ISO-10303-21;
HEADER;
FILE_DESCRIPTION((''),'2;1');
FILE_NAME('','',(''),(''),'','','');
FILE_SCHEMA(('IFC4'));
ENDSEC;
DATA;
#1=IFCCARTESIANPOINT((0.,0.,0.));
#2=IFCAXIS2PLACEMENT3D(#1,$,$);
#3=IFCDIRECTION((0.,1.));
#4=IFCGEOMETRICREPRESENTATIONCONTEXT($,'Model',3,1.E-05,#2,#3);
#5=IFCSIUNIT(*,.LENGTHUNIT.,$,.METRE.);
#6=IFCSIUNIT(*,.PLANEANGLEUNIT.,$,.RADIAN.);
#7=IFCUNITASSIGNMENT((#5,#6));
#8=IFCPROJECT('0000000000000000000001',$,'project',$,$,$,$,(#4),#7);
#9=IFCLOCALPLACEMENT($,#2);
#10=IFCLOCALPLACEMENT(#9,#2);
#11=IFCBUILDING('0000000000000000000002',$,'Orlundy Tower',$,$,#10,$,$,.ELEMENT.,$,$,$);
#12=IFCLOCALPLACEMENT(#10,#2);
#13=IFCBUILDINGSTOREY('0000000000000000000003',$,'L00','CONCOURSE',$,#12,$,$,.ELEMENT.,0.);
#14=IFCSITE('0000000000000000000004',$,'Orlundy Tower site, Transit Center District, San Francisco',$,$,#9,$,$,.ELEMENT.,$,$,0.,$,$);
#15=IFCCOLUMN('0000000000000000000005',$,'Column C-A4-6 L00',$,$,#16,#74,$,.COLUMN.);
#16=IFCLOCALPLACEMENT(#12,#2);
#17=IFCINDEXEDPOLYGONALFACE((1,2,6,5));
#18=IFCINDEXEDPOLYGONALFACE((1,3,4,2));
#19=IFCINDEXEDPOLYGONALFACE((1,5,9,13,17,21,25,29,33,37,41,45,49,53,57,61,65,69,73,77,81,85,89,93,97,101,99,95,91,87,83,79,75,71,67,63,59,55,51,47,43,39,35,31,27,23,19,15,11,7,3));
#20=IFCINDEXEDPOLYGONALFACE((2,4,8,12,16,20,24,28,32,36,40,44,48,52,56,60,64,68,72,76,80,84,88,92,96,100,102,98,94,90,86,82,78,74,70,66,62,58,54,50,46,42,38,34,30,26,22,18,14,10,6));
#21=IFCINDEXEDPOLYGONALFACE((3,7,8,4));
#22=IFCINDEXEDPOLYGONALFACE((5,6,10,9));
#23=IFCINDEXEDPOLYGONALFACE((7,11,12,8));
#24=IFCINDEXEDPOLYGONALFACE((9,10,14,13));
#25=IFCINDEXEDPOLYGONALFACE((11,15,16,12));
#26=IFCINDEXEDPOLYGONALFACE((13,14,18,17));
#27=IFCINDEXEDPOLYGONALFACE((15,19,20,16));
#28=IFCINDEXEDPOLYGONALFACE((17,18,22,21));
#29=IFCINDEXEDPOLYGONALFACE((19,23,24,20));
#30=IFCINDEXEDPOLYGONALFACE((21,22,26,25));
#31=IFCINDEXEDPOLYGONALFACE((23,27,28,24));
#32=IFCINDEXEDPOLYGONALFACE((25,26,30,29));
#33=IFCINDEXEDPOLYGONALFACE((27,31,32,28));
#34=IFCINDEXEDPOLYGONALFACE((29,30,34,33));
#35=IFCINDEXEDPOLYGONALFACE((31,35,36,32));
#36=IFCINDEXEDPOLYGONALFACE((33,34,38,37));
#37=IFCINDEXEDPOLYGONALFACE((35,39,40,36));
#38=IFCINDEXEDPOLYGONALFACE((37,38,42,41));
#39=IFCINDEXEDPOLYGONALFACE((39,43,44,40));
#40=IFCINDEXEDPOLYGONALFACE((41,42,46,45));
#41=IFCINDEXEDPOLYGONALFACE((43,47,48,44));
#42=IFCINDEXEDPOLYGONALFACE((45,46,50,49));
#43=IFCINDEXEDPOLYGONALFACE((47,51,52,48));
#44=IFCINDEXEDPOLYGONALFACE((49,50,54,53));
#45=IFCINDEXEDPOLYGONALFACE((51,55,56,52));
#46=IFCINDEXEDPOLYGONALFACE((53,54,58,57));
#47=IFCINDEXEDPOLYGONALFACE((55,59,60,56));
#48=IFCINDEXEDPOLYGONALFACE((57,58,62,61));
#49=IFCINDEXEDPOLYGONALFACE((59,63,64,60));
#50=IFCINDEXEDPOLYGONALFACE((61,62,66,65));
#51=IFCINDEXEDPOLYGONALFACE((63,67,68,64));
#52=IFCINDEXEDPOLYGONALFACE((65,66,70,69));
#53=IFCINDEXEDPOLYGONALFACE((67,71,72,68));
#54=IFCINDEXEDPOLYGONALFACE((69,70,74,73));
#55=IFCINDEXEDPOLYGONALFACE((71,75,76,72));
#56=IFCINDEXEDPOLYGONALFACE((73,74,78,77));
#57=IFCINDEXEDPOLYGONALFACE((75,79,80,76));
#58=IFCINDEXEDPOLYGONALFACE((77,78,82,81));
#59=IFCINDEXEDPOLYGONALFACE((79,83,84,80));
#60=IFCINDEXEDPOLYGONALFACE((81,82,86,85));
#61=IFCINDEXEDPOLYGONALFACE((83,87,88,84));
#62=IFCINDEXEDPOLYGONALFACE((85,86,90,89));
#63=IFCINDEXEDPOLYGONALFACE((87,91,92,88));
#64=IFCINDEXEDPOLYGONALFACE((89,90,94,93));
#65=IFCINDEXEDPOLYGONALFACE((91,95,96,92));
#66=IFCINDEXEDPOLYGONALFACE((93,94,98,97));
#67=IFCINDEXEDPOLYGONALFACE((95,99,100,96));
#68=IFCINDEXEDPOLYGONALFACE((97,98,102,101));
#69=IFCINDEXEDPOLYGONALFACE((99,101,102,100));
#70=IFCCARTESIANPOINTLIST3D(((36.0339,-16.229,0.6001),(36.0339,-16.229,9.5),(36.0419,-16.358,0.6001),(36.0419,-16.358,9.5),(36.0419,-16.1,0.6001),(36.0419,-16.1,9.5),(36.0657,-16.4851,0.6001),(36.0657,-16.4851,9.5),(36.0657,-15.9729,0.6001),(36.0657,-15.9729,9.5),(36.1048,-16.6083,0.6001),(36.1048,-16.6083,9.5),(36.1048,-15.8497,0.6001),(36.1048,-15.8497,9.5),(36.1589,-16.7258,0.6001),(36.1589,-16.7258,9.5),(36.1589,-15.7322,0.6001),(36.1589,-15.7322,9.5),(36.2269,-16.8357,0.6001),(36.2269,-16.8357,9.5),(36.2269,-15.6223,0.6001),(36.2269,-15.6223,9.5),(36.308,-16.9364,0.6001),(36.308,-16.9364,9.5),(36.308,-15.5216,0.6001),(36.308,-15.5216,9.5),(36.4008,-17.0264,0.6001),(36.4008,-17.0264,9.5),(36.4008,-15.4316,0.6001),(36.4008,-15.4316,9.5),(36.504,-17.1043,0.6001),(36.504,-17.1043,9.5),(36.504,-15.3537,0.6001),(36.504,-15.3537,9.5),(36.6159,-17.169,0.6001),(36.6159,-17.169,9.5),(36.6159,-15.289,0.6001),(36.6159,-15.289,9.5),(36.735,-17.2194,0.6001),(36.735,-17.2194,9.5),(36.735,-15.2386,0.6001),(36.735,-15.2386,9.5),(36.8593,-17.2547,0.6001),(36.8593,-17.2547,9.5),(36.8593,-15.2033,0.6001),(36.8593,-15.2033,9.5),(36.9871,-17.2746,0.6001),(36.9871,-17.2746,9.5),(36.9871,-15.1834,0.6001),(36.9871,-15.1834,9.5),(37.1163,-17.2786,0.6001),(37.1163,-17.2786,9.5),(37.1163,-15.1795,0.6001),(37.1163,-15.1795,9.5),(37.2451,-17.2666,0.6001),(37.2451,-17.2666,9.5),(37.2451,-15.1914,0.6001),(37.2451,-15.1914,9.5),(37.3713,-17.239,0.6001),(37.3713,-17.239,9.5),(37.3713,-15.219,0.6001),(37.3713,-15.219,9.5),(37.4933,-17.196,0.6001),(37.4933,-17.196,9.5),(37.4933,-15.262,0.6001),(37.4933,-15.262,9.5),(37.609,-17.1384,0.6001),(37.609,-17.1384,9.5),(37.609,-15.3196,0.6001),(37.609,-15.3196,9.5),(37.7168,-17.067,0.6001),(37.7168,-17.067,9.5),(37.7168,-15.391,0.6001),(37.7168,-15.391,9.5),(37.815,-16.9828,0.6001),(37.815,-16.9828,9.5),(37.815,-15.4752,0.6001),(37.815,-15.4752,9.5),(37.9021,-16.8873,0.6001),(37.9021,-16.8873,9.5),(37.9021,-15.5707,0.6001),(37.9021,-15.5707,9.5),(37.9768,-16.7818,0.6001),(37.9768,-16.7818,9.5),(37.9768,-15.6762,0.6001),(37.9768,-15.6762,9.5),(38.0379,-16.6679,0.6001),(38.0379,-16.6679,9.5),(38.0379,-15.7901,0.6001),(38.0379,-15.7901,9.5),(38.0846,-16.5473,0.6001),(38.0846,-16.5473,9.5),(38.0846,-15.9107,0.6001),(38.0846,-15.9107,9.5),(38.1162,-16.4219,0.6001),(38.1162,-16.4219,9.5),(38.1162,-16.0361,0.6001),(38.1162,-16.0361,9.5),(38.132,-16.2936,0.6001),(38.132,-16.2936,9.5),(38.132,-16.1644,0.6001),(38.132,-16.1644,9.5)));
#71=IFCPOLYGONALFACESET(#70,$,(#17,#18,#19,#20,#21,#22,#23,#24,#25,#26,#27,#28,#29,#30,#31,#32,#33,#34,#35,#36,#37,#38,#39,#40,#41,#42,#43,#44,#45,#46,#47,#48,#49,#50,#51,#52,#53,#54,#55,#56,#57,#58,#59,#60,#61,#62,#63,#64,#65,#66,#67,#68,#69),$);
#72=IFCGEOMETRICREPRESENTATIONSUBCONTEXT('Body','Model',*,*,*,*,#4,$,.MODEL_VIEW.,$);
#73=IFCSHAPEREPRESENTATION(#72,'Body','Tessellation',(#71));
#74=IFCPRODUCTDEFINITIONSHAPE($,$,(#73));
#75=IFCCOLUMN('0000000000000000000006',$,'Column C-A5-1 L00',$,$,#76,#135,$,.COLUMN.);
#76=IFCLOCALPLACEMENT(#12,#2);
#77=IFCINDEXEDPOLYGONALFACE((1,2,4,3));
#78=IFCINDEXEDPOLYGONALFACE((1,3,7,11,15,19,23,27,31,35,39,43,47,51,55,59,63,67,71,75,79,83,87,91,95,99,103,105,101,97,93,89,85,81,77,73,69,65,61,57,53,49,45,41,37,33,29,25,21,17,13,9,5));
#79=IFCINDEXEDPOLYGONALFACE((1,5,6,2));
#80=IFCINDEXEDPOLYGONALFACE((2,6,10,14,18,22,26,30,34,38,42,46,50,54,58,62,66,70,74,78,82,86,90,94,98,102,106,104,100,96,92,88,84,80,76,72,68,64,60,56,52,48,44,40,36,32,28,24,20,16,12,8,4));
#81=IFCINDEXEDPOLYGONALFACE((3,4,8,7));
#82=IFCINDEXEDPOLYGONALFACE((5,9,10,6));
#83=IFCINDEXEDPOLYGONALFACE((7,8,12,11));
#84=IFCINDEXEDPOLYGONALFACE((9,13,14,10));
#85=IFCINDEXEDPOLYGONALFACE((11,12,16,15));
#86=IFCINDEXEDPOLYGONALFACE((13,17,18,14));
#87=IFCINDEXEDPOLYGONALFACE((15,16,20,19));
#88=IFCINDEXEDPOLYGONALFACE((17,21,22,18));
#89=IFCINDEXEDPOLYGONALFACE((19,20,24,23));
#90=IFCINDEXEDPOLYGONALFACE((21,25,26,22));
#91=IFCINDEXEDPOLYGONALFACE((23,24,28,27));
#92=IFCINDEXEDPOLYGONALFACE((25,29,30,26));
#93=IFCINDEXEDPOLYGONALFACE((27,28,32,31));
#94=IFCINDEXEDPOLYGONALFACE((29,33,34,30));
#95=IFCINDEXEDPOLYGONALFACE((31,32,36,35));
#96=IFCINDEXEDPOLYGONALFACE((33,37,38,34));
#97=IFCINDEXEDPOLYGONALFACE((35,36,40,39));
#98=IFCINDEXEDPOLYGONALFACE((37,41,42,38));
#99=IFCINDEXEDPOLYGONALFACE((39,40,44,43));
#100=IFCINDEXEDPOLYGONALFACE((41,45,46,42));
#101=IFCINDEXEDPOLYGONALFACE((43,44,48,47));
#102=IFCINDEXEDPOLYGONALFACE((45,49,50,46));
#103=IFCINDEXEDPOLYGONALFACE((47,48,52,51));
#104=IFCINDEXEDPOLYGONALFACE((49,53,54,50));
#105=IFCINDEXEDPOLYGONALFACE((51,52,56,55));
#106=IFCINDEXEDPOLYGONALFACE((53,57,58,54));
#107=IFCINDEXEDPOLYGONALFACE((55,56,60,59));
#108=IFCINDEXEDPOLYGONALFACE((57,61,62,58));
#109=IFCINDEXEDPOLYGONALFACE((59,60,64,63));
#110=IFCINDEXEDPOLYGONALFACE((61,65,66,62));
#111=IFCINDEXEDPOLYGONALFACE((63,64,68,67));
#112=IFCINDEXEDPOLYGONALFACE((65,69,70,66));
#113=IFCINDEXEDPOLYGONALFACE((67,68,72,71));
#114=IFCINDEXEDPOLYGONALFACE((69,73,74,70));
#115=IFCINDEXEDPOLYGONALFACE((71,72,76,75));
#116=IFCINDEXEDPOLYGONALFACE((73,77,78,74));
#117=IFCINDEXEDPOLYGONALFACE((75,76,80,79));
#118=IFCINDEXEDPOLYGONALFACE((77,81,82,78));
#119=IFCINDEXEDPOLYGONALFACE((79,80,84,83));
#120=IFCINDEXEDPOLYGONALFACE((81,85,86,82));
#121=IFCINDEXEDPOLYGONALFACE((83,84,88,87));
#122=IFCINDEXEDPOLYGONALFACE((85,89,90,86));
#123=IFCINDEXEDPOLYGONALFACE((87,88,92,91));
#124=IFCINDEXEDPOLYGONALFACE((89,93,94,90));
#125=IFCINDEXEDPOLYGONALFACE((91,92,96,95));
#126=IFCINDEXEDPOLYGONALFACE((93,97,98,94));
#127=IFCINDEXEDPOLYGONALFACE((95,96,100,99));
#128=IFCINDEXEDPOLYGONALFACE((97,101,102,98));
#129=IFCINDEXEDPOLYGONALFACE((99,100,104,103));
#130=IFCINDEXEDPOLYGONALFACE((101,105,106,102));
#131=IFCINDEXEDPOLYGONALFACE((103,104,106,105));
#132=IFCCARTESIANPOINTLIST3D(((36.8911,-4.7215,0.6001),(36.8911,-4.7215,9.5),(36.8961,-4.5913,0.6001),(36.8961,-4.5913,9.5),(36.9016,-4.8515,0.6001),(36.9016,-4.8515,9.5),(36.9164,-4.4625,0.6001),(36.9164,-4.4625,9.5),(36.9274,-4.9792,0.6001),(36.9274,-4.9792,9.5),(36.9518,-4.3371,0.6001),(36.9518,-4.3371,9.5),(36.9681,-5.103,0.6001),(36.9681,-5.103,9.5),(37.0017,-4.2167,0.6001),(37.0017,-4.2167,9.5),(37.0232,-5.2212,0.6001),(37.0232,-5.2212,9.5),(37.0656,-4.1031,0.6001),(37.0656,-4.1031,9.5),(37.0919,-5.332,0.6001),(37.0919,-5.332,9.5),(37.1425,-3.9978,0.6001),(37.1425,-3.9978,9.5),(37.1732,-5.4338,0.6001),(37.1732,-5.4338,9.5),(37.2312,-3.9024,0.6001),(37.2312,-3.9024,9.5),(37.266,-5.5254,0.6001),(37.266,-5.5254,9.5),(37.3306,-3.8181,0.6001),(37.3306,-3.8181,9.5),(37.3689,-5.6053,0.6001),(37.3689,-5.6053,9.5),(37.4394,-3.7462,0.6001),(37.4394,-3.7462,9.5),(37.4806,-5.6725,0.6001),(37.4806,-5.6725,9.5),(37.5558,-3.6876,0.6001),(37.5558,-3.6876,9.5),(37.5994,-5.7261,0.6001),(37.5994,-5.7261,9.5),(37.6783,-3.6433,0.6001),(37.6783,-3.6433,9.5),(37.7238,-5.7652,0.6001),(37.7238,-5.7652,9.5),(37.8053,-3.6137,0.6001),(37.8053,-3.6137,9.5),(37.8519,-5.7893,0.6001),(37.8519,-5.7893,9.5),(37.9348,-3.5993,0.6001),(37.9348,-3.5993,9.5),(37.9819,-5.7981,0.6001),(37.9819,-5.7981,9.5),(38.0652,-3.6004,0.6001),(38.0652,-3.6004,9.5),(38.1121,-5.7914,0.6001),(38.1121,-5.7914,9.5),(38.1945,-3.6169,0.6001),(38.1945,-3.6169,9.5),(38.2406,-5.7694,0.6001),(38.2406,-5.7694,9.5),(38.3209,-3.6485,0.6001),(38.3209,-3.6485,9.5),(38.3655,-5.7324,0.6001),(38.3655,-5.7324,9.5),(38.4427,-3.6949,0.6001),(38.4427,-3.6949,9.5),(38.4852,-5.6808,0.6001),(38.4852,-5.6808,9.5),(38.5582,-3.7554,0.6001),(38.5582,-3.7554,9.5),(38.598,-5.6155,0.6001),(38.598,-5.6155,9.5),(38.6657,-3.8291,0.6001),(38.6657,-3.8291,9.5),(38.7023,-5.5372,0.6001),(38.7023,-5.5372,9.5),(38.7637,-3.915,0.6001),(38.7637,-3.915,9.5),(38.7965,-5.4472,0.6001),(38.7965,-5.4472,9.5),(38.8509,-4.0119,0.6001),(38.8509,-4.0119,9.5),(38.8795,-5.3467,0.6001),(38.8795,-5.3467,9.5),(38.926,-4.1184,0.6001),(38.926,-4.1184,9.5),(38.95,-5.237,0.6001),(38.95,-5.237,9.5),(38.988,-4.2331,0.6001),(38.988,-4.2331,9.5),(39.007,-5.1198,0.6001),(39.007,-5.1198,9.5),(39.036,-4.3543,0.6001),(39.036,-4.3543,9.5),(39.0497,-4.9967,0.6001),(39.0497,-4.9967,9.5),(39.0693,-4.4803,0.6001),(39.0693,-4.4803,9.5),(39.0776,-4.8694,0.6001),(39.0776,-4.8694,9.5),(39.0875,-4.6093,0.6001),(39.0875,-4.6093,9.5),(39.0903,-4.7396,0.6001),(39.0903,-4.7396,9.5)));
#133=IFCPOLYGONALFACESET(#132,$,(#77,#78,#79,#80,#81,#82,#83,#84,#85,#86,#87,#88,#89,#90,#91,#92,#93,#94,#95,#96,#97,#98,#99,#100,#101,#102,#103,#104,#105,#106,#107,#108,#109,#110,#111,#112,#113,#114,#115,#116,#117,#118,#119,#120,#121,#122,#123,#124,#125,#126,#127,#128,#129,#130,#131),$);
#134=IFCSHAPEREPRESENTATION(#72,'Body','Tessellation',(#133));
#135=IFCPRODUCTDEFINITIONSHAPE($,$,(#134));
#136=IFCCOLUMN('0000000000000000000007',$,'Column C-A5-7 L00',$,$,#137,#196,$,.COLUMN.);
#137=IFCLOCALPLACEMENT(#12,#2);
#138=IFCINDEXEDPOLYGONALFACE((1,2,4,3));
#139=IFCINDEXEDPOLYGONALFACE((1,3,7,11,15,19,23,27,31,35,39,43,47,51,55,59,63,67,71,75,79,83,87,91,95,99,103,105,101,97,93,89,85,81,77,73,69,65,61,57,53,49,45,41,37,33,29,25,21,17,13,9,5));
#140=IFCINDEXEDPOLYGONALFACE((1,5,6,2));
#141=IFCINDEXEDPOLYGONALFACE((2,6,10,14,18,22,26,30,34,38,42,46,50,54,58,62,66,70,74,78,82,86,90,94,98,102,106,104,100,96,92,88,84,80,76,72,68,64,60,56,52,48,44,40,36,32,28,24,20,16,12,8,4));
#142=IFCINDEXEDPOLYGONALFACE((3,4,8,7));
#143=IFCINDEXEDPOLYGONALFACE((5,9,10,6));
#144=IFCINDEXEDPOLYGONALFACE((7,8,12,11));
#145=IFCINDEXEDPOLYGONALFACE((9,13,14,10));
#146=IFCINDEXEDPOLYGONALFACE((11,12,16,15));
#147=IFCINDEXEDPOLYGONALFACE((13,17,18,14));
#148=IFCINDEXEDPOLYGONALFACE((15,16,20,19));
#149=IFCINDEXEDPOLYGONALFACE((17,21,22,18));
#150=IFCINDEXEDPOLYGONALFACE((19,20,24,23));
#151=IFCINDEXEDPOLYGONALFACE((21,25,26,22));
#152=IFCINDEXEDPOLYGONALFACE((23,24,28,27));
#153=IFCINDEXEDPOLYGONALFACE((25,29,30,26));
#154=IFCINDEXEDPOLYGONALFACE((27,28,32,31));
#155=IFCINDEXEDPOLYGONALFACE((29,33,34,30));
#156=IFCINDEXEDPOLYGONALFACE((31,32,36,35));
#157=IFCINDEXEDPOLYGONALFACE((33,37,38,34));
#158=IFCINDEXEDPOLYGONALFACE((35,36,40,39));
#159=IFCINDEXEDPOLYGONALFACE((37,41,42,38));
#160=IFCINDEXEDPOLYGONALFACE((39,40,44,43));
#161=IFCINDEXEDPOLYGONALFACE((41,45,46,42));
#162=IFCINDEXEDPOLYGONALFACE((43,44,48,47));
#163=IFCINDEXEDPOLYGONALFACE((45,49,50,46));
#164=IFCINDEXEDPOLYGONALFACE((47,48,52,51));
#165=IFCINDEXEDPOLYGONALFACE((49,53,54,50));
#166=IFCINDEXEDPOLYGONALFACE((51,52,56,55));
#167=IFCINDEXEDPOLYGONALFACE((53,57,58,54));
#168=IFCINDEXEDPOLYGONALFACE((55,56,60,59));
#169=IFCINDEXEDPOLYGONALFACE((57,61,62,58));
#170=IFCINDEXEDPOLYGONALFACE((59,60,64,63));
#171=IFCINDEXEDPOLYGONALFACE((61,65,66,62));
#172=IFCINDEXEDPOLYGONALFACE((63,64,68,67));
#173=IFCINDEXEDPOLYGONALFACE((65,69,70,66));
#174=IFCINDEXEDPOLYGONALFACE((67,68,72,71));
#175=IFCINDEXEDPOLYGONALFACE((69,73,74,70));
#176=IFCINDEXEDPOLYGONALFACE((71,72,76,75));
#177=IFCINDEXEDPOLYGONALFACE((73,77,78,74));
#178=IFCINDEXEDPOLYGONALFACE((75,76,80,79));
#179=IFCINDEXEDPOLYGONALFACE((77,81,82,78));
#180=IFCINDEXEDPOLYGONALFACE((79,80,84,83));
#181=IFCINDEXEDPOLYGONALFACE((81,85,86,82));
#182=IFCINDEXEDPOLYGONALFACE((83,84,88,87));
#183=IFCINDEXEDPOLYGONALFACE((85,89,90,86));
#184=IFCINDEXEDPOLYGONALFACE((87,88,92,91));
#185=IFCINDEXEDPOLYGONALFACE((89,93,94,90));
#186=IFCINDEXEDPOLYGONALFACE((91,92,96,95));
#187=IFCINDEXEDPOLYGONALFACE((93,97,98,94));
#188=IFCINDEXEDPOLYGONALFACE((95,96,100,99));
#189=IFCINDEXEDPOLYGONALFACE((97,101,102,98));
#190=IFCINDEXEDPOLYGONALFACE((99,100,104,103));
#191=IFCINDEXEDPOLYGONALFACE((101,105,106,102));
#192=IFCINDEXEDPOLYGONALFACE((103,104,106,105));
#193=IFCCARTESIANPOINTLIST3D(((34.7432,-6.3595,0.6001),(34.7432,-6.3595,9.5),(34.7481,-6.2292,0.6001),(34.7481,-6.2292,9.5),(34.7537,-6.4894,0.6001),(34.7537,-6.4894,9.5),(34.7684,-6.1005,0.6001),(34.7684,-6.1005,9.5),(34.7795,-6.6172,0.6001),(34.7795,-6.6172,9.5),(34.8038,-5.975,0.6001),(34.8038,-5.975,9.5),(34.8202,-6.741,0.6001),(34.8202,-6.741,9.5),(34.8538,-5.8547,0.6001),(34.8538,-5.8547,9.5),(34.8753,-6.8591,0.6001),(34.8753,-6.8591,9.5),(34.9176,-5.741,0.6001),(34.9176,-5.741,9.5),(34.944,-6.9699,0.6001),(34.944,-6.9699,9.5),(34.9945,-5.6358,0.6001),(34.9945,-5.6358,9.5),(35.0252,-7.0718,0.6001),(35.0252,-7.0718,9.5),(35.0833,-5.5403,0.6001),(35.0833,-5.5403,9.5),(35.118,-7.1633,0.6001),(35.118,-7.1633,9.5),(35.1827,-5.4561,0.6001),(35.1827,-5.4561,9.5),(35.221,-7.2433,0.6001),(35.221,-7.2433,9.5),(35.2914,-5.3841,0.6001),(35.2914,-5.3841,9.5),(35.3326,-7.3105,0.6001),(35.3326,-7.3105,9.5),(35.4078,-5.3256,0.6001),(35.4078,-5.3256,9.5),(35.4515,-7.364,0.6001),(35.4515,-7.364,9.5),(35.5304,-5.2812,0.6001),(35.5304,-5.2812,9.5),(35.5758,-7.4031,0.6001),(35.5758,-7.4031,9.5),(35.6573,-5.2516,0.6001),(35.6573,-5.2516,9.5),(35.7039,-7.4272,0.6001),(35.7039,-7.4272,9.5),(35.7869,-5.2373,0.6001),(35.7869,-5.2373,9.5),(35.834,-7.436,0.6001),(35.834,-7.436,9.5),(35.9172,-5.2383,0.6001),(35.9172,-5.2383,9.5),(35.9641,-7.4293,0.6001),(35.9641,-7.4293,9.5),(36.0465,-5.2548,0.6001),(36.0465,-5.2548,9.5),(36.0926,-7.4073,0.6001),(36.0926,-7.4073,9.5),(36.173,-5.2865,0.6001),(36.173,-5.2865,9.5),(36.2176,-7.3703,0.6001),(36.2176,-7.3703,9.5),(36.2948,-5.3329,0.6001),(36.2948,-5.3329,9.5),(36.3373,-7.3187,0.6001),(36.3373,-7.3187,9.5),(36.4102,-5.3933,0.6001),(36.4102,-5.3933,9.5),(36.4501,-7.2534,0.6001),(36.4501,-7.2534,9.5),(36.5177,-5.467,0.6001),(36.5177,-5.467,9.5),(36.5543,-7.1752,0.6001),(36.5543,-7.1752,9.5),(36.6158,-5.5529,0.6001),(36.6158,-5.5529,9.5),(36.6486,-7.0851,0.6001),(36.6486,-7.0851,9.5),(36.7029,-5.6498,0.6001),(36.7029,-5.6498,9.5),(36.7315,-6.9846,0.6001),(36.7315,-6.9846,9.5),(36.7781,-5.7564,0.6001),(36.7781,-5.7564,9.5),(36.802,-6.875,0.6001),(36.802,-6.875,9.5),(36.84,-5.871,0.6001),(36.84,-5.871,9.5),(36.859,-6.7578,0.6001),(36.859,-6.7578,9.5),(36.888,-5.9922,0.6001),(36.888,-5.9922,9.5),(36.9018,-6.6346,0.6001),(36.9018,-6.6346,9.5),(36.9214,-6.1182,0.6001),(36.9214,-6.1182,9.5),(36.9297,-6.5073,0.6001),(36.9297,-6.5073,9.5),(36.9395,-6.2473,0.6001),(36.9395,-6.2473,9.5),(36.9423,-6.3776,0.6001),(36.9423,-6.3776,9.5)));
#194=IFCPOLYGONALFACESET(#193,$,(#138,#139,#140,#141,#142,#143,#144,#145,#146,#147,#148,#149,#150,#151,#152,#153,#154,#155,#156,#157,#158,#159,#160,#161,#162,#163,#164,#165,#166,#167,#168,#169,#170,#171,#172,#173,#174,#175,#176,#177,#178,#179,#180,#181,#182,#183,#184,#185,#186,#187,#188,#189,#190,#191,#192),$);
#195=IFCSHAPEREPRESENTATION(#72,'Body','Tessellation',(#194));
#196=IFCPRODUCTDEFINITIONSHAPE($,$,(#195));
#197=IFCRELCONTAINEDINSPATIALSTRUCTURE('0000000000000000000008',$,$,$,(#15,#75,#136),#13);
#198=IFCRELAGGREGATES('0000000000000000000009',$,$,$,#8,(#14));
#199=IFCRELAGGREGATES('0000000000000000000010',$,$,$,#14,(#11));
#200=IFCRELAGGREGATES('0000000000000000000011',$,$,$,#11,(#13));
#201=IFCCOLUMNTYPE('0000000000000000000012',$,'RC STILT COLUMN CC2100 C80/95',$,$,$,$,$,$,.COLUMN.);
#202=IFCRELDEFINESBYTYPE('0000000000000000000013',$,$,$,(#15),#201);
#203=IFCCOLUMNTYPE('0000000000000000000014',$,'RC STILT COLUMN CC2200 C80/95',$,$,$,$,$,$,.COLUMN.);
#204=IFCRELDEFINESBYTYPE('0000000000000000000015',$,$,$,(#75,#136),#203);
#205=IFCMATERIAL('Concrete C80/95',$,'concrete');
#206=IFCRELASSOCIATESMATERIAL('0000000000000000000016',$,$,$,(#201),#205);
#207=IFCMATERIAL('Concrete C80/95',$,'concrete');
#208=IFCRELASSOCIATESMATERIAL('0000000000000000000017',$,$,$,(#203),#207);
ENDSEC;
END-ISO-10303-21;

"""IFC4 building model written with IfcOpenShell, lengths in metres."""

from ifc_helpers import new_model, si_unit, direction, frame, origin, origin_2d, place, context, subcontext, project, spatial, circle, extrude, material, material_profile, profile_set, type_object, element, save


model = new_model("IFC4")

# Units and contexts
model_context = context("Model", 3, precision=1e-05, world=origin(), true_north=direction((0.0, 1.0)))
body_context = subcontext(model_context, "Body", "Model", "MODEL_VIEW")
ifc_project = project(units=[si_unit("LENGTHUNIT", "METRE"), si_unit("PLANEANGLEUNIT", "RADIAN")], contexts=[model_context])

# Site, building, storey
site_placement = place(None, origin())
site = spatial("IfcSite", under=ifc_project, at=site_placement, Name="Orlundy Tower site, Transit Center District, San Francisco", CompositionType="ELEMENT", RefElevation=0.0)
building_placement = place(site_placement, origin())
building = spatial("IfcBuilding", under=site, at=building_placement, Name="Orlundy Tower", CompositionType="ELEMENT")
storey_placement = place(building_placement, origin())
storey = spatial("IfcBuildingStorey", under=building, at=storey_placement, Name="L00", Description="CONCOURSE", CompositionType="ELEMENT", Elevation=0.0)

# Columns
ifc_material_1 = material(Name="Concrete C80/95", Category="concrete")
ifc_material_profile_1 = material_profile(ifc_material_1, circle(Radius=1.05, at=origin_2d()), Name="CC2100")
ifc_profile_set_1 = profile_set([ifc_material_profile_1], Name="Concrete C80/95")
column_type_1 = type_object("IfcColumnType", Name="RC STILT COLUMN CC2100 C80/95", PredefinedType="COLUMN", material=ifc_profile_set_1)
for number, where, z_axis, x_axis, name in (
    (1, (37.084, -16.229, 0.6001), (0.0, 0.0, 1.0), (0.5, 0.866025, 0.0), "Column C-A4-6 L00"),
):
    element("IfcColumn", number, at=place(storey_placement, frame(where, z_axis=z_axis, x_axis=x_axis)), inside=storey, type_object=column_type_1, Name=name, PredefinedType="COLUMN", context=body_context, shape_type="SweptSolid", body=[
        extrude(circle(Radius=1.05, at=origin_2d()), origin(), (0.0, 0.0, 1.0), 8.8999),
    ])
ifc_material_2 = material(Name="Concrete C80/95", Category="concrete")
ifc_material_profile_2 = material_profile(ifc_material_2, circle(Radius=1.1001, at=origin_2d()), Name="CC2200")
ifc_profile_set_2 = profile_set([ifc_material_profile_2], Name="Concrete C80/95")
column_type_2 = type_object("IfcColumnType", Name="RC STILT COLUMN CC2200 C80/95", PredefinedType="COLUMN", material=ifc_profile_set_2)
for number, where, z_axis, x_axis, name in (
    (2, (37.991, -4.698, 0.6001), (0.0, 0.0, 1.0), (0.906308, 0.422618, 0.0), "Column C-A5-1 L00"),
    (3, (35.843, -6.3359, 0.6001), (0.0, 0.0, 1.0), (0.906308, 0.422618, 0.0), "Column C-A5-7 L00"),
):
    element("IfcColumn", number, at=place(storey_placement, frame(where, z_axis=z_axis, x_axis=x_axis)), inside=storey, type_object=column_type_2, Name=name, PredefinedType="COLUMN", context=body_context, shape_type="SweptSolid", body=[
        extrude(circle(Radius=1.1001, at=origin_2d()), origin(), (0.0, 0.0, 1.0), 8.8999),
    ])

save(model, "model.ifc")
